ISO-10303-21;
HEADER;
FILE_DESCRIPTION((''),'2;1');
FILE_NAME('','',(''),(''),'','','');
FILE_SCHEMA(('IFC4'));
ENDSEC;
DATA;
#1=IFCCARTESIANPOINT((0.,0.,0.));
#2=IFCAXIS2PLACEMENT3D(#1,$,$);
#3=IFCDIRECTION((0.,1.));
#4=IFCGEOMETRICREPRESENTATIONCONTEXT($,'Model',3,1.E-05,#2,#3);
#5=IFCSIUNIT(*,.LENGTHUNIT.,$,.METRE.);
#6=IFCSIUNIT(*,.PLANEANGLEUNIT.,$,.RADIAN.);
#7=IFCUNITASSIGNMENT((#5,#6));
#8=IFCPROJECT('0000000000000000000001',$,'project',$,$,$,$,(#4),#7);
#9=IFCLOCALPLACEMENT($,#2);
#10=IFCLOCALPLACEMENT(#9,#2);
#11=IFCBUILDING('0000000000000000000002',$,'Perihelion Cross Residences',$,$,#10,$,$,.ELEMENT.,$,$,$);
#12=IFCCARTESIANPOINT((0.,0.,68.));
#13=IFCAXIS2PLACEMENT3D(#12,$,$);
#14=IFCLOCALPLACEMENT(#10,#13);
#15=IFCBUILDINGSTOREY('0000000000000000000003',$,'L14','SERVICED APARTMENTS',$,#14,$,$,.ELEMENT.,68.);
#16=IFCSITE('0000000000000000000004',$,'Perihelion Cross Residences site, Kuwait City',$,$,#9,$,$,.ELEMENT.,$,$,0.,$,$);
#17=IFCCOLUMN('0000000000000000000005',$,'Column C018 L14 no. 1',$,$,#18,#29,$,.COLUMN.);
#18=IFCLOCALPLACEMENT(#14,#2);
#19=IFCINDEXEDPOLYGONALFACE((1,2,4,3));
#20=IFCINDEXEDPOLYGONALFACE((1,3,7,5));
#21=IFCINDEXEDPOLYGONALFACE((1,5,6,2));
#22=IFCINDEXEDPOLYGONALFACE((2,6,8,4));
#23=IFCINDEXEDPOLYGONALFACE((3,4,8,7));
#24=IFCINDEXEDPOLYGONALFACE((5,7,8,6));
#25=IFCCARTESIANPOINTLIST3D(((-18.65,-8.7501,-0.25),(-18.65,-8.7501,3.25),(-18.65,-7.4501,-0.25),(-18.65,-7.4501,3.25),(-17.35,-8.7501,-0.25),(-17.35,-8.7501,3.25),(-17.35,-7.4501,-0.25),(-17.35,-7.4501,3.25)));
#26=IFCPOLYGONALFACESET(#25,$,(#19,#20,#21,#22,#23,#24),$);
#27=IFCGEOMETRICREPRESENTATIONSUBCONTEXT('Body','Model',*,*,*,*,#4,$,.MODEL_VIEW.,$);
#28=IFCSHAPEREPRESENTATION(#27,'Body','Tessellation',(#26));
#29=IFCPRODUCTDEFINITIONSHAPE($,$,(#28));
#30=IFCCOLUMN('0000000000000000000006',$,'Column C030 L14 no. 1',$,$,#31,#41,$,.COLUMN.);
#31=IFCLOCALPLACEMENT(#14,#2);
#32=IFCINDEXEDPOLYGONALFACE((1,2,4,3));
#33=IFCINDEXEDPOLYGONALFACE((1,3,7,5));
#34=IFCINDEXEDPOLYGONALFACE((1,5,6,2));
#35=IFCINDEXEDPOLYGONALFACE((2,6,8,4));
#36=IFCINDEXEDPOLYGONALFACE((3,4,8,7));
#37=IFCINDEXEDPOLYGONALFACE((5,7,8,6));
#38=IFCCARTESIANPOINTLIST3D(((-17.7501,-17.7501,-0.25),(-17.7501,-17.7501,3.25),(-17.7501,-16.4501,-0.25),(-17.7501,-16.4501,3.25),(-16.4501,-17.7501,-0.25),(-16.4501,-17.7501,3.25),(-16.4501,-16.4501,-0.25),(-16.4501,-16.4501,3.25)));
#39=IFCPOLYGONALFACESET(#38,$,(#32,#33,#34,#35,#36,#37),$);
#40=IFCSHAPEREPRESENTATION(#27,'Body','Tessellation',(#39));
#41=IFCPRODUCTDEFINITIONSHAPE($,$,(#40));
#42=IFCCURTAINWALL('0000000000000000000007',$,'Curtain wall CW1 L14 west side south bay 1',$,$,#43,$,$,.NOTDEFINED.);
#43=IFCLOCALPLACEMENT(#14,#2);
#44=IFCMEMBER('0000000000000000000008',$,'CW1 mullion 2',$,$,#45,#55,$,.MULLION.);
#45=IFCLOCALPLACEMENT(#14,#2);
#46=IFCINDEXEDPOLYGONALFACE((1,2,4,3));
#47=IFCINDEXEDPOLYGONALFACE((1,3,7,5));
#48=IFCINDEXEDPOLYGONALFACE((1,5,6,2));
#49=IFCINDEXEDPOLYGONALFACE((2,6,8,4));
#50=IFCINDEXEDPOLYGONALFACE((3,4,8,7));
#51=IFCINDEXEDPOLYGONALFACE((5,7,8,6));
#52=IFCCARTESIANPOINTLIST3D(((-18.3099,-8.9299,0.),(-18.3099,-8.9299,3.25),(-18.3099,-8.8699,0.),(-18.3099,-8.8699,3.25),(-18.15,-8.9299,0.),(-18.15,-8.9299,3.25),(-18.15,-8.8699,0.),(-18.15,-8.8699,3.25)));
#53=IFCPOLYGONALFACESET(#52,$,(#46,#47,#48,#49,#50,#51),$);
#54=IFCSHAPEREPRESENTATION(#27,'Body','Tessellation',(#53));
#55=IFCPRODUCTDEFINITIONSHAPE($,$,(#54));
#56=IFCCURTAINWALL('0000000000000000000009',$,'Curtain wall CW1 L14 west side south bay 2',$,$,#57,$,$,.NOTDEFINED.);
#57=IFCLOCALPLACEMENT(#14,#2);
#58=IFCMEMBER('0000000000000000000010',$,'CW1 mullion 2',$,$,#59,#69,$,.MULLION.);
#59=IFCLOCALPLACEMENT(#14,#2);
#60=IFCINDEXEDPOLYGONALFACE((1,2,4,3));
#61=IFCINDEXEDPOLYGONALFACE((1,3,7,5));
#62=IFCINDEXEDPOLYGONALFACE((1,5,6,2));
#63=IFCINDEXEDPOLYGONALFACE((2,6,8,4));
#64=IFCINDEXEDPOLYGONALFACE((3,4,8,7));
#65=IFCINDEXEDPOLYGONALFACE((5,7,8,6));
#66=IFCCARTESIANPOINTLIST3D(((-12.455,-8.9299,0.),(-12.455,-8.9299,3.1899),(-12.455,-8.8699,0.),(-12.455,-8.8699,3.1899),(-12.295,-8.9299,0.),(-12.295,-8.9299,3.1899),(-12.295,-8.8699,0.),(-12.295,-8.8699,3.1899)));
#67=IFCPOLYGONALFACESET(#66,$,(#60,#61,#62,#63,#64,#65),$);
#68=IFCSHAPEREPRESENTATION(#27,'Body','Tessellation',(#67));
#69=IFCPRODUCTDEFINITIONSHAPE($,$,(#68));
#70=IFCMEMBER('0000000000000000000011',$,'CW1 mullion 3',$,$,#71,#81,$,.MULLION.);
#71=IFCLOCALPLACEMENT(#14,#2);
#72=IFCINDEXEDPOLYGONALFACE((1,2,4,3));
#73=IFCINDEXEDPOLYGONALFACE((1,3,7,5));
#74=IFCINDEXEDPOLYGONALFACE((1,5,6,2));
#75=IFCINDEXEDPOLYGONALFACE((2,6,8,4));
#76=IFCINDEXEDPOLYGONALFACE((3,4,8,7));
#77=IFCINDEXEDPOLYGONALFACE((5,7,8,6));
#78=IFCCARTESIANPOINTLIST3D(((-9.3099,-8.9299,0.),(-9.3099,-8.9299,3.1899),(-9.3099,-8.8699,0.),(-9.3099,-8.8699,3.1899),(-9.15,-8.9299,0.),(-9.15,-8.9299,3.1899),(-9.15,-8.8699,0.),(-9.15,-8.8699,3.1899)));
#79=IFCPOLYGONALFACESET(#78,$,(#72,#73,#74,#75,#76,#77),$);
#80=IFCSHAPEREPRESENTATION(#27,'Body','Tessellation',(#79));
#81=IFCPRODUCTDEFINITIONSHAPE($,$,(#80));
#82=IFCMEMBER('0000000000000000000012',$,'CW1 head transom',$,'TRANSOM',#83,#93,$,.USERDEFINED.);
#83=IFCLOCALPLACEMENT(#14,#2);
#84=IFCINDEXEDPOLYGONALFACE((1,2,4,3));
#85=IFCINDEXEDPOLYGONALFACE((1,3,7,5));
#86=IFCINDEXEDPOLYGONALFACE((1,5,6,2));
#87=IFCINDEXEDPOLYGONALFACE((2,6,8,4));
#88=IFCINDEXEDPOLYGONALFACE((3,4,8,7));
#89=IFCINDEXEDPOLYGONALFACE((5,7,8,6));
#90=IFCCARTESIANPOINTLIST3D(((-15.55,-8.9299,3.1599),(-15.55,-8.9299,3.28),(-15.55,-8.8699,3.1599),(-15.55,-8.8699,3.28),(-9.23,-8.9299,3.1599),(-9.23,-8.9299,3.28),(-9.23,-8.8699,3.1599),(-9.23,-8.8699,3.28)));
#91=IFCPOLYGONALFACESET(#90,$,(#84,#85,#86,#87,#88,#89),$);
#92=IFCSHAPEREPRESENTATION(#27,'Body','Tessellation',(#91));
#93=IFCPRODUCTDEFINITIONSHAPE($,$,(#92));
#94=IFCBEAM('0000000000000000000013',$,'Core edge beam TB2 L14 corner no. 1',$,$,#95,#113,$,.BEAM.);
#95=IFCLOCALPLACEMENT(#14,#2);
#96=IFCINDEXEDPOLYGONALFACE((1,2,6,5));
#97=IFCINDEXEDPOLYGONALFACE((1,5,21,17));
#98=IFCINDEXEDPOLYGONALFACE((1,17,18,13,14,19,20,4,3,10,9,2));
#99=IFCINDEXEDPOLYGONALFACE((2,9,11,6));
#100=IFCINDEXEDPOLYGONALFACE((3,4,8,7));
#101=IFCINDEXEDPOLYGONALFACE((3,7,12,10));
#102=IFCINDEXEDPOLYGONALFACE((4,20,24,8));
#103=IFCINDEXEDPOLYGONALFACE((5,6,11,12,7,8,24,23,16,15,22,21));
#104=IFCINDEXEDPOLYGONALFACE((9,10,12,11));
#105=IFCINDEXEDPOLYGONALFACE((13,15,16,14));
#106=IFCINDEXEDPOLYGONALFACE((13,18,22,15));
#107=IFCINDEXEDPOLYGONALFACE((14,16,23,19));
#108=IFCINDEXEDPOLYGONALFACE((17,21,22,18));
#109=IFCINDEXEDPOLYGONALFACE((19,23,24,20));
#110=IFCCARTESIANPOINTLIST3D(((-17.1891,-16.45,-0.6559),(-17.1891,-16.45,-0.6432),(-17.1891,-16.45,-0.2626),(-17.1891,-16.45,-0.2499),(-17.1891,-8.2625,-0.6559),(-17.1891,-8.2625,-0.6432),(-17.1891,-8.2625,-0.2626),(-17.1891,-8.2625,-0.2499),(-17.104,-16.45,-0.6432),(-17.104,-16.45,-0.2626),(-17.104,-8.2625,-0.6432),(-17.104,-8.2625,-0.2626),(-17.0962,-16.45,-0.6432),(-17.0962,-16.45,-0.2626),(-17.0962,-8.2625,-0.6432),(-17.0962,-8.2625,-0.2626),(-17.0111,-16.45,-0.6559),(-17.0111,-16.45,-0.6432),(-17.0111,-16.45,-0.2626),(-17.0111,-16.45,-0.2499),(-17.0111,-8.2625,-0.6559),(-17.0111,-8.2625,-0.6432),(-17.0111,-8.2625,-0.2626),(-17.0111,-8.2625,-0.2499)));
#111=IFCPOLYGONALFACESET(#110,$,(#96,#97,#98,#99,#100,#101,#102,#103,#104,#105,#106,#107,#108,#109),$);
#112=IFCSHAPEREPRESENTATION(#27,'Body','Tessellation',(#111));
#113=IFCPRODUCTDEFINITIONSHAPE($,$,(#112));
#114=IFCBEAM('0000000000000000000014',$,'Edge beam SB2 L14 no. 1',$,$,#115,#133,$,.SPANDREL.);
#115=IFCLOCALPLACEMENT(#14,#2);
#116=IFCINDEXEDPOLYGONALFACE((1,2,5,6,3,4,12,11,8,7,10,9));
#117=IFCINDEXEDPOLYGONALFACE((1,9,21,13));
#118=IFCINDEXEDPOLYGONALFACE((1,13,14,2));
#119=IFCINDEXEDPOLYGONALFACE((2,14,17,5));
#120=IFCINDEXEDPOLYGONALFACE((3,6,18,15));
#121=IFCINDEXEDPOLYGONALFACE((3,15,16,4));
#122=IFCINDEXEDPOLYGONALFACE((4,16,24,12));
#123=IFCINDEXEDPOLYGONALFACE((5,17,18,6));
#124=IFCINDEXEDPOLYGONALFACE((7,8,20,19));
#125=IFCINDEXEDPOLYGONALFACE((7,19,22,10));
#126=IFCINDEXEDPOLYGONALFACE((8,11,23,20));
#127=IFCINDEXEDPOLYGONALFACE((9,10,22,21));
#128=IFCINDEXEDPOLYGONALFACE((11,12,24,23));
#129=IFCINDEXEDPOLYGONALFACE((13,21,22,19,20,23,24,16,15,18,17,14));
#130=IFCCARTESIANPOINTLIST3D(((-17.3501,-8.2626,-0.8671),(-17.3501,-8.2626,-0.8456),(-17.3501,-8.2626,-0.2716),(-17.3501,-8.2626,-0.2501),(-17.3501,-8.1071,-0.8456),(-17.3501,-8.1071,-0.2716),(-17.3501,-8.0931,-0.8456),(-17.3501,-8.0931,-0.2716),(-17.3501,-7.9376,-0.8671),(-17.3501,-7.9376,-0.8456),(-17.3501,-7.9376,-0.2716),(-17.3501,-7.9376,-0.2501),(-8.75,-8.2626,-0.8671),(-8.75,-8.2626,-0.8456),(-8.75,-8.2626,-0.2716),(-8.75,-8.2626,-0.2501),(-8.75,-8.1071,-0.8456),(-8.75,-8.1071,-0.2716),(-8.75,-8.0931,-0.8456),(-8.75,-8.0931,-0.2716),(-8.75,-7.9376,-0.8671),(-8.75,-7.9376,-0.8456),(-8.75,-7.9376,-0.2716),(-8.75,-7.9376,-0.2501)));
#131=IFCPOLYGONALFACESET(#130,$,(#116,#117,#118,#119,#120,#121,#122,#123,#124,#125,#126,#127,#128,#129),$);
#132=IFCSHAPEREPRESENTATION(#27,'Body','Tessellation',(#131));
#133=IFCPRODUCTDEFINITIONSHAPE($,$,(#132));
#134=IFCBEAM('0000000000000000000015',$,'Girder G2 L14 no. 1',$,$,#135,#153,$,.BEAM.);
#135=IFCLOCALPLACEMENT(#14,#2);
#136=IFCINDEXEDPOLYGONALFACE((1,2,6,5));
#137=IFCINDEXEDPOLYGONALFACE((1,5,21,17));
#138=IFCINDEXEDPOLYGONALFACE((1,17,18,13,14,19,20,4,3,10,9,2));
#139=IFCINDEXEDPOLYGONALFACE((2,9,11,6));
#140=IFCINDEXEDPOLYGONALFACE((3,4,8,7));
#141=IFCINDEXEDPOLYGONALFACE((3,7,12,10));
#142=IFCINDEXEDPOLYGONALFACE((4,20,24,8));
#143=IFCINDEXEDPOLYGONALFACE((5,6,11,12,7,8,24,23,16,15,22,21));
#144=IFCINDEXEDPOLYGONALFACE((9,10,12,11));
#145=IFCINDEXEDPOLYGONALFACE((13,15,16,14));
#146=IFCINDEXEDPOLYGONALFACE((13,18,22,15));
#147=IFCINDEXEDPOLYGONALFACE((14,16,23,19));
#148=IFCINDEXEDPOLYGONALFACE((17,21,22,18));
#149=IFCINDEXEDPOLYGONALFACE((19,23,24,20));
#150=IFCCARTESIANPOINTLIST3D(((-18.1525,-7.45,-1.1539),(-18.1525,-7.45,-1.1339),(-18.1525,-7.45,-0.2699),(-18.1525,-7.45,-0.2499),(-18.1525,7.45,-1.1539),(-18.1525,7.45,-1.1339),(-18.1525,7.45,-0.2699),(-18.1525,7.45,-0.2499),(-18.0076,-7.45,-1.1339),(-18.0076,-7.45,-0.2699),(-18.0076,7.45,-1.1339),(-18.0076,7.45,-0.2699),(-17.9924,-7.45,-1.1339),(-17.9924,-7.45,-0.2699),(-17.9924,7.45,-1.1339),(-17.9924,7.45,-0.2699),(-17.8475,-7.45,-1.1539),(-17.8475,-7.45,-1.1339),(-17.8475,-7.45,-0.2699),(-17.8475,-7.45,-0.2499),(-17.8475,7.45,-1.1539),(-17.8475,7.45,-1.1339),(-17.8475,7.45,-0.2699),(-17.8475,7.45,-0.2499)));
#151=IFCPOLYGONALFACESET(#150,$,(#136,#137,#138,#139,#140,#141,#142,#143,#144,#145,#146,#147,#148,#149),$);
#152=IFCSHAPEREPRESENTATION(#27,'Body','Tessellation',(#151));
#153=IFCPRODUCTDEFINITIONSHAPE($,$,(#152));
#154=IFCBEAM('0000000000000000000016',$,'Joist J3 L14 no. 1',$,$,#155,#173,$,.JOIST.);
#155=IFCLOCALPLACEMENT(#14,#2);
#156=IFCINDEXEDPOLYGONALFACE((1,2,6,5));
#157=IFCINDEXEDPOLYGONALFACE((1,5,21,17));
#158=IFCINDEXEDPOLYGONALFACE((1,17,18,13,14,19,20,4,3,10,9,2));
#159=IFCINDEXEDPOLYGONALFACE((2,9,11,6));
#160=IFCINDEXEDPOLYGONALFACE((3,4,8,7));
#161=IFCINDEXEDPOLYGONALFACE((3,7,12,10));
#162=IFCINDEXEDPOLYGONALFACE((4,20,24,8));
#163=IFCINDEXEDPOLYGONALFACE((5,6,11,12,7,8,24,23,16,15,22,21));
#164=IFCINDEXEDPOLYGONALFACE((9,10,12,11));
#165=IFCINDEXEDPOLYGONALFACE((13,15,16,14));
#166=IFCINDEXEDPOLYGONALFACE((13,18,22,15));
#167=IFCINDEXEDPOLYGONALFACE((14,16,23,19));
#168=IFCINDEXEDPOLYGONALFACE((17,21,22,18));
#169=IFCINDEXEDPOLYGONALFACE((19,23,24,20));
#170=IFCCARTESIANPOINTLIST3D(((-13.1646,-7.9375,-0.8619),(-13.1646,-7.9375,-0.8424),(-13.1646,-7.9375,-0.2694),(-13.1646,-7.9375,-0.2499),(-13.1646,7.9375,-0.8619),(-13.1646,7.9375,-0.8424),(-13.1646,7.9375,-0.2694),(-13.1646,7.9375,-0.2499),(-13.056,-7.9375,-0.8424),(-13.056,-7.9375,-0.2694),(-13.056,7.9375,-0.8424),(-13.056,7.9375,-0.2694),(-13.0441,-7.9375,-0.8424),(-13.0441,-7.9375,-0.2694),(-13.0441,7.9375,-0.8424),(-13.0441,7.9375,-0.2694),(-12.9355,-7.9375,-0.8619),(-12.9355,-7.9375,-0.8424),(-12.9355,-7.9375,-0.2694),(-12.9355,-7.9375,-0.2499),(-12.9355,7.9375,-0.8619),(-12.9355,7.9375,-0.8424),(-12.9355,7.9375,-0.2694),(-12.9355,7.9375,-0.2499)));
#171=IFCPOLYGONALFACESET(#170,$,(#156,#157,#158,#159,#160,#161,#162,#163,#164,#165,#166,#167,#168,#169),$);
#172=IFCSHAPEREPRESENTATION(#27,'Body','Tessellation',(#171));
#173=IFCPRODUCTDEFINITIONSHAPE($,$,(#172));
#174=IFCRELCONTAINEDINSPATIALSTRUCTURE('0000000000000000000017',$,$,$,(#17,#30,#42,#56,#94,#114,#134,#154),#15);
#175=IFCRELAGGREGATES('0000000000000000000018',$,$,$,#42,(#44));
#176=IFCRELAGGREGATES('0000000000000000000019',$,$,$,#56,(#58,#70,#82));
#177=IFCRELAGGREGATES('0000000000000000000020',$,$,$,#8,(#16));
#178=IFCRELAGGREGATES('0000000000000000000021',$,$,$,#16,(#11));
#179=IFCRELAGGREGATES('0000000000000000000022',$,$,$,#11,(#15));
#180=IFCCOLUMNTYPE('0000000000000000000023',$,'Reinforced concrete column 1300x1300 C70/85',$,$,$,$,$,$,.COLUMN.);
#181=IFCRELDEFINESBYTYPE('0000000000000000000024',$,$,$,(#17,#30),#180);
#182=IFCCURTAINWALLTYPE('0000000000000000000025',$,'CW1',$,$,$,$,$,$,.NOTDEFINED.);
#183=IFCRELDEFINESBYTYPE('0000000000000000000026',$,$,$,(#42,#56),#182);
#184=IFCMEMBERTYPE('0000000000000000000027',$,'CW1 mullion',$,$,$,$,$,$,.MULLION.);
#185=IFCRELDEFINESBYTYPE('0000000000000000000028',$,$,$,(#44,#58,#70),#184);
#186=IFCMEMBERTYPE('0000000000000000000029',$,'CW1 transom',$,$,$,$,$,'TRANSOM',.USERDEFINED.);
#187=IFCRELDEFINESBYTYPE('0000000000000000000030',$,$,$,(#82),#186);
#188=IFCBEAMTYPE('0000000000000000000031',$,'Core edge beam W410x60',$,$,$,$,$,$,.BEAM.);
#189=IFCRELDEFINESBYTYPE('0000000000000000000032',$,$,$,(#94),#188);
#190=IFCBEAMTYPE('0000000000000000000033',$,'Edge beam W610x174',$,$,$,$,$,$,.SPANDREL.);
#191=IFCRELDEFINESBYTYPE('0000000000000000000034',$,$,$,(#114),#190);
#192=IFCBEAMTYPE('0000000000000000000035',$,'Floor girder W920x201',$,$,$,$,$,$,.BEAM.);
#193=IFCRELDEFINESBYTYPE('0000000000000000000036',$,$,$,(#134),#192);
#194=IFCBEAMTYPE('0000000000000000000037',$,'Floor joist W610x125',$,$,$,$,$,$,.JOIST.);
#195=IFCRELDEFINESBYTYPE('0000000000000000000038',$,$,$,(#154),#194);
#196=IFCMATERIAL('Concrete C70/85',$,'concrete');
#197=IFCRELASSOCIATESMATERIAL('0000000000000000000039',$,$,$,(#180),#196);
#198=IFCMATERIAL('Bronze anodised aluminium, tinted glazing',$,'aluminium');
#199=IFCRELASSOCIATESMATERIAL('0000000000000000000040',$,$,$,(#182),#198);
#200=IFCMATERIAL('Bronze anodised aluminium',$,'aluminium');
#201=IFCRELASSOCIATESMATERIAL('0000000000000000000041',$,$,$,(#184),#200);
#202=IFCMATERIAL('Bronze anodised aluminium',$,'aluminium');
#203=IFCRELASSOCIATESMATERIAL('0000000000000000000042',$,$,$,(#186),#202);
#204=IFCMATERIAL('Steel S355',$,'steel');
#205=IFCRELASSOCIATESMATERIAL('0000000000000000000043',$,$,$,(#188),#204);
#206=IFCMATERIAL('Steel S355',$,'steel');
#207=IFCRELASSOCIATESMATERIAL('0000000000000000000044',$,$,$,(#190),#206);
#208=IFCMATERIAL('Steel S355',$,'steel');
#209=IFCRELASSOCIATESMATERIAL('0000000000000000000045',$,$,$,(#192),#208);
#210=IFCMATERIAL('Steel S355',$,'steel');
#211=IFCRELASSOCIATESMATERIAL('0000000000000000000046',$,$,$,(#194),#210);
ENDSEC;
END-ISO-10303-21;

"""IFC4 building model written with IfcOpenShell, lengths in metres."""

from ifc_helpers import new_model, si_unit, direction, frame, origin, origin_2d, place, context, subcontext, project, spatial, rectangle, i_section, extrude, material, material_profile, profile_set, type_object, element, aggregate, save


model = new_model("IFC4")

# Units and contexts
model_context = context("Model", 3, precision=1e-05, world=origin(), true_north=direction((0.0, 1.0)))
body_context = subcontext(model_context, "Body", "Model", "MODEL_VIEW")
ifc_project = project(units=[si_unit("LENGTHUNIT", "METRE"), si_unit("PLANEANGLEUNIT", "RADIAN")], contexts=[model_context])

# Site, building, storey
site_placement = place(None, origin())
site = spatial("IfcSite", under=ifc_project, at=site_placement, Name="Perihelion Cross Residences site, Kuwait City", CompositionType="ELEMENT", RefElevation=0.0)
building_placement = place(site_placement, origin())
building = spatial("IfcBuilding", under=site, at=building_placement, Name="Perihelion Cross Residences", CompositionType="ELEMENT")
storey_placement = place(building_placement, frame((0.0, 0.0, 68.0)))
storey = spatial("IfcBuildingStorey", under=building, at=storey_placement, Name="L14", Description="SERVICED APARTMENTS", CompositionType="ELEMENT", Elevation=68.0)

# Columns
ifc_material_1 = material(Name="Concrete C70/85", Category="concrete")
ifc_material_profile_1 = material_profile(ifc_material_1, rectangle(XDim=1.3, YDim=1.3, at=origin_2d()), Name="RC 1300x1300")
ifc_profile_set_1 = profile_set([ifc_material_profile_1], Name="Concrete C70/85")
column_type = type_object("IfcColumnType", Name="Reinforced concrete column 1300x1300 C70/85", PredefinedType="COLUMN", material=ifc_profile_set_1)
for number, where, z_axis, x_axis, name in (
    (1, (-18.0, -8.1001, -0.25), (0.0, 0.0, 1.0), (1.0, 0.0, 0.0), "Column C018 L14 no. 1"),
    (2, (-17.1001, -17.1001, -0.25), (0.0, 0.0, 1.0), (1.0, 0.0, 0.0), "Column C030 L14 no. 1"),
):
    element("IfcColumn", number, at=place(storey_placement, frame(where, z_axis=z_axis, x_axis=x_axis)), inside=storey, type_object=column_type, Name=name, PredefinedType="COLUMN", context=body_context, shape_type="SweptSolid", body=[
        extrude(rectangle(XDim=1.3, YDim=1.3, at=origin_2d()), origin(), (0.0, 0.0, 1.0), 3.5),
    ])

# Curtain wall, member
ifc_material_2 = material(Name="Bronze anodised aluminium, tinted glazing", Category="aluminium")
curtain_wall_type = type_object("IfcCurtainWallType", Name="CW1", PredefinedType="NOTDEFINED", material=ifc_material_2)
curtain_wall_1_placement = place(storey_placement, origin())
curtain_wall_1 = element("IfcCurtainWall", 3, at=curtain_wall_1_placement, inside=storey, type_object=curtain_wall_type, Name="Curtain wall CW1 L14 west side south bay 1", PredefinedType="NOTDEFINED")
ifc_material_3 = material(Name="Bronze anodised aluminium", Category="aluminium")
ifc_material_profile_2 = material_profile(ifc_material_3, rectangle(XDim=0.0601, YDim=0.1599, at=origin_2d()), Name="CW1 mullion")
ifc_profile_set_2 = profile_set([ifc_material_profile_2], Name="Bronze anodised aluminium")
member_type_1 = type_object("IfcMemberType", Name="CW1 mullion", PredefinedType="MULLION", material=ifc_profile_set_2)
member_1_placement = place(storey_placement, frame((-18.23, -8.8999, 0.0), z_axis=(0.0, 0.0, 1.0), x_axis=(0.0, 1.0, 0.0)))
member_1 = element("IfcMember", 4, at=member_1_placement, type_object=member_type_1, Name="CW1 mullion 2", PredefinedType="MULLION", context=body_context, shape_type="SweptSolid", body=[
    extrude(rectangle(XDim=0.0601, YDim=0.1599, at=origin_2d()), origin(), (0.0, 0.0, 1.0), 3.25),
])

# Curtain wall, members
curtain_wall_2_placement = place(storey_placement, origin())
curtain_wall_2 = element("IfcCurtainWall", 5, at=curtain_wall_2_placement, inside=storey, type_object=curtain_wall_type, Name="Curtain wall CW1 L14 west side south bay 2", PredefinedType="NOTDEFINED")
member_2_placement = place(storey_placement, frame((-12.375, -8.8999, 0.0), z_axis=(0.0, 0.0, 1.0), x_axis=(0.0, 1.0, 0.0)))
member_2 = element("IfcMember", 6, at=member_2_placement, type_object=member_type_1, Name="CW1 mullion 2", PredefinedType="MULLION", context=body_context, shape_type="SweptSolid", body=[
    extrude(rectangle(XDim=0.0601, YDim=0.1599, at=origin_2d()), origin(), (0.0, 0.0, 1.0), 3.1899),
])
member_3_placement = place(storey_placement, frame((-9.23, -8.8999, 0.0), z_axis=(0.0, 0.0, 1.0), x_axis=(0.0, 1.0, 0.0)))
member_3 = element("IfcMember", 7, at=member_3_placement, type_object=member_type_1, Name="CW1 mullion 3", PredefinedType="MULLION", context=body_context, shape_type="SweptSolid", body=[
    extrude(rectangle(XDim=0.0601, YDim=0.1599, at=origin_2d()), origin(), (0.0, 0.0, 1.0), 3.1899),
])
ifc_material_4 = material(Name="Bronze anodised aluminium", Category="aluminium")
ifc_material_profile_3 = material_profile(ifc_material_4, rectangle(XDim=0.0601, YDim=0.1201, at=origin_2d()), Name="CW1 transom")
ifc_profile_set_3 = profile_set([ifc_material_profile_3], Name="Bronze anodised aluminium")
member_type_2 = type_object("IfcMemberType", Name="CW1 transom", ElementType="TRANSOM", PredefinedType="USERDEFINED", material=ifc_profile_set_3)
member_4_placement = place(storey_placement, frame((-15.55, -8.8999, 3.22), z_axis=(1.0, 0.0, 0.0), x_axis=(0.0, 1.0, 0.0)))
member_4 = element("IfcMember", 8, at=member_4_placement, type_object=member_type_2, Name="CW1 head transom", ObjectType="TRANSOM", PredefinedType="USERDEFINED", context=body_context, shape_type="SweptSolid", body=[
    extrude(rectangle(XDim=0.0601, YDim=0.1201, at=origin_2d()), origin(), (0.0, 0.0, 1.0), 6.3201),
])

# Beams
ifc_material_5 = material(Name="Steel S355", Category="steel")
ifc_material_profile_4 = material_profile(ifc_material_5, i_section(OverallWidth=0.178, OverallDepth=0.406, WebThickness=0.0078, FlangeThickness=0.0127, at=origin_2d()), Name="W410x60")
ifc_profile_set_4 = profile_set([ifc_material_profile_4], Name="Steel S355")
beam_type_1 = type_object("IfcBeamType", Name="Core edge beam W410x60", PredefinedType="BEAM", material=ifc_profile_set_4)
beam_1_placement = place(storey_placement, frame((-17.1001, -8.2625, -0.4529), z_axis=(0.0, -1.0, 0.0), x_axis=(1.0, 0.0, 0.0)))
element("IfcBeam", 9, at=beam_1_placement, inside=storey, type_object=beam_type_1, Name="Core edge beam TB2 L14 corner no. 1", PredefinedType="BEAM", context=body_context, shape_type="SweptSolid", body=[
    extrude(i_section(OverallWidth=0.178, OverallDepth=0.406, WebThickness=0.0078, FlangeThickness=0.0127, at=origin_2d()), origin(), (0.0, 0.0, 1.0), 8.1875),
])
ifc_material_6 = material(Name="Steel S355", Category="steel")
ifc_material_profile_5 = material_profile(ifc_material_6, i_section(OverallWidth=0.325, OverallDepth=0.6169, WebThickness=0.0139, FlangeThickness=0.0215, at=origin_2d()), Name="W610x174")
ifc_profile_set_5 = profile_set([ifc_material_profile_5], Name="Steel S355")
beam_type_2 = type_object("IfcBeamType", Name="Edge beam W610x174", PredefinedType="SPANDREL", material=ifc_profile_set_5)
beam_2_placement = place(storey_placement, frame((-17.3501, -8.1001, -0.5586), z_axis=(1.0, 0.0, 0.0), x_axis=(0.0, 1.0, 0.0)))
element("IfcBeam", 10, at=beam_2_placement, inside=storey, type_object=beam_type_2, Name="Edge beam SB2 L14 no. 1", PredefinedType="SPANDREL", context=body_context, shape_type="SweptSolid", body=[
    extrude(i_section(OverallWidth=0.325, OverallDepth=0.6169, WebThickness=0.0139, FlangeThickness=0.0215, at=origin_2d()), origin(), (0.0, 0.0, 1.0), 8.6001),
])
ifc_material_7 = material(Name="Steel S355", Category="steel")
ifc_material_profile_6 = material_profile(ifc_material_7, i_section(OverallWidth=0.3049, OverallDepth=0.9041, WebThickness=0.0151, FlangeThickness=0.02, at=origin_2d()), Name="W920x201")
ifc_profile_set_6 = profile_set([ifc_material_profile_6], Name="Steel S355")
beam_type_3 = type_object("IfcBeamType", Name="Floor girder W920x201", PredefinedType="BEAM", material=ifc_profile_set_6)
beam_3_placement = place(storey_placement, frame((-18.0, -7.45, -0.7019), z_axis=(0.0, 1.0, 0.0), x_axis=(-1.0, 0.0, 0.0)))
element("IfcBeam", 11, at=beam_3_placement, inside=storey, type_object=beam_type_3, Name="Girder G2 L14 no. 1", PredefinedType="BEAM", context=body_context, shape_type="SweptSolid", body=[
    extrude(i_section(OverallWidth=0.3049, OverallDepth=0.9041, WebThickness=0.0151, FlangeThickness=0.02, at=origin_2d()), origin(), (0.0, 0.0, 1.0), 14.8999),
])
ifc_material_8 = material(Name="Steel S355", Category="steel")
ifc_material_profile_7 = material_profile(ifc_material_8, i_section(OverallWidth=0.229, OverallDepth=0.6121, WebThickness=0.012, FlangeThickness=0.0195, at=origin_2d()), Name="W610x125")
ifc_profile_set_7 = profile_set([ifc_material_profile_7], Name="Steel S355")
beam_type_4 = type_object("IfcBeamType", Name="Floor joist W610x125", PredefinedType="JOIST", material=ifc_profile_set_7)
beam_4_placement = place(storey_placement, frame((-13.05, -7.9375, -0.5559), z_axis=(0.0, 1.0, 0.0), x_axis=(-1.0, 0.0, 0.0)))
element("IfcBeam", 12, at=beam_4_placement, inside=storey, type_object=beam_type_4, Name="Joist J3 L14 no. 1", PredefinedType="JOIST", context=body_context, shape_type="SweptSolid", body=[
    extrude(i_section(OverallWidth=0.229, OverallDepth=0.6121, WebThickness=0.012, FlangeThickness=0.0195, at=origin_2d()), origin(), (0.0, 0.0, 1.0), 15.875),
])

aggregate(curtain_wall_1, [member_1])
aggregate(curtain_wall_2, [member_2, member_3, member_4])

save(model, "model.ifc")
